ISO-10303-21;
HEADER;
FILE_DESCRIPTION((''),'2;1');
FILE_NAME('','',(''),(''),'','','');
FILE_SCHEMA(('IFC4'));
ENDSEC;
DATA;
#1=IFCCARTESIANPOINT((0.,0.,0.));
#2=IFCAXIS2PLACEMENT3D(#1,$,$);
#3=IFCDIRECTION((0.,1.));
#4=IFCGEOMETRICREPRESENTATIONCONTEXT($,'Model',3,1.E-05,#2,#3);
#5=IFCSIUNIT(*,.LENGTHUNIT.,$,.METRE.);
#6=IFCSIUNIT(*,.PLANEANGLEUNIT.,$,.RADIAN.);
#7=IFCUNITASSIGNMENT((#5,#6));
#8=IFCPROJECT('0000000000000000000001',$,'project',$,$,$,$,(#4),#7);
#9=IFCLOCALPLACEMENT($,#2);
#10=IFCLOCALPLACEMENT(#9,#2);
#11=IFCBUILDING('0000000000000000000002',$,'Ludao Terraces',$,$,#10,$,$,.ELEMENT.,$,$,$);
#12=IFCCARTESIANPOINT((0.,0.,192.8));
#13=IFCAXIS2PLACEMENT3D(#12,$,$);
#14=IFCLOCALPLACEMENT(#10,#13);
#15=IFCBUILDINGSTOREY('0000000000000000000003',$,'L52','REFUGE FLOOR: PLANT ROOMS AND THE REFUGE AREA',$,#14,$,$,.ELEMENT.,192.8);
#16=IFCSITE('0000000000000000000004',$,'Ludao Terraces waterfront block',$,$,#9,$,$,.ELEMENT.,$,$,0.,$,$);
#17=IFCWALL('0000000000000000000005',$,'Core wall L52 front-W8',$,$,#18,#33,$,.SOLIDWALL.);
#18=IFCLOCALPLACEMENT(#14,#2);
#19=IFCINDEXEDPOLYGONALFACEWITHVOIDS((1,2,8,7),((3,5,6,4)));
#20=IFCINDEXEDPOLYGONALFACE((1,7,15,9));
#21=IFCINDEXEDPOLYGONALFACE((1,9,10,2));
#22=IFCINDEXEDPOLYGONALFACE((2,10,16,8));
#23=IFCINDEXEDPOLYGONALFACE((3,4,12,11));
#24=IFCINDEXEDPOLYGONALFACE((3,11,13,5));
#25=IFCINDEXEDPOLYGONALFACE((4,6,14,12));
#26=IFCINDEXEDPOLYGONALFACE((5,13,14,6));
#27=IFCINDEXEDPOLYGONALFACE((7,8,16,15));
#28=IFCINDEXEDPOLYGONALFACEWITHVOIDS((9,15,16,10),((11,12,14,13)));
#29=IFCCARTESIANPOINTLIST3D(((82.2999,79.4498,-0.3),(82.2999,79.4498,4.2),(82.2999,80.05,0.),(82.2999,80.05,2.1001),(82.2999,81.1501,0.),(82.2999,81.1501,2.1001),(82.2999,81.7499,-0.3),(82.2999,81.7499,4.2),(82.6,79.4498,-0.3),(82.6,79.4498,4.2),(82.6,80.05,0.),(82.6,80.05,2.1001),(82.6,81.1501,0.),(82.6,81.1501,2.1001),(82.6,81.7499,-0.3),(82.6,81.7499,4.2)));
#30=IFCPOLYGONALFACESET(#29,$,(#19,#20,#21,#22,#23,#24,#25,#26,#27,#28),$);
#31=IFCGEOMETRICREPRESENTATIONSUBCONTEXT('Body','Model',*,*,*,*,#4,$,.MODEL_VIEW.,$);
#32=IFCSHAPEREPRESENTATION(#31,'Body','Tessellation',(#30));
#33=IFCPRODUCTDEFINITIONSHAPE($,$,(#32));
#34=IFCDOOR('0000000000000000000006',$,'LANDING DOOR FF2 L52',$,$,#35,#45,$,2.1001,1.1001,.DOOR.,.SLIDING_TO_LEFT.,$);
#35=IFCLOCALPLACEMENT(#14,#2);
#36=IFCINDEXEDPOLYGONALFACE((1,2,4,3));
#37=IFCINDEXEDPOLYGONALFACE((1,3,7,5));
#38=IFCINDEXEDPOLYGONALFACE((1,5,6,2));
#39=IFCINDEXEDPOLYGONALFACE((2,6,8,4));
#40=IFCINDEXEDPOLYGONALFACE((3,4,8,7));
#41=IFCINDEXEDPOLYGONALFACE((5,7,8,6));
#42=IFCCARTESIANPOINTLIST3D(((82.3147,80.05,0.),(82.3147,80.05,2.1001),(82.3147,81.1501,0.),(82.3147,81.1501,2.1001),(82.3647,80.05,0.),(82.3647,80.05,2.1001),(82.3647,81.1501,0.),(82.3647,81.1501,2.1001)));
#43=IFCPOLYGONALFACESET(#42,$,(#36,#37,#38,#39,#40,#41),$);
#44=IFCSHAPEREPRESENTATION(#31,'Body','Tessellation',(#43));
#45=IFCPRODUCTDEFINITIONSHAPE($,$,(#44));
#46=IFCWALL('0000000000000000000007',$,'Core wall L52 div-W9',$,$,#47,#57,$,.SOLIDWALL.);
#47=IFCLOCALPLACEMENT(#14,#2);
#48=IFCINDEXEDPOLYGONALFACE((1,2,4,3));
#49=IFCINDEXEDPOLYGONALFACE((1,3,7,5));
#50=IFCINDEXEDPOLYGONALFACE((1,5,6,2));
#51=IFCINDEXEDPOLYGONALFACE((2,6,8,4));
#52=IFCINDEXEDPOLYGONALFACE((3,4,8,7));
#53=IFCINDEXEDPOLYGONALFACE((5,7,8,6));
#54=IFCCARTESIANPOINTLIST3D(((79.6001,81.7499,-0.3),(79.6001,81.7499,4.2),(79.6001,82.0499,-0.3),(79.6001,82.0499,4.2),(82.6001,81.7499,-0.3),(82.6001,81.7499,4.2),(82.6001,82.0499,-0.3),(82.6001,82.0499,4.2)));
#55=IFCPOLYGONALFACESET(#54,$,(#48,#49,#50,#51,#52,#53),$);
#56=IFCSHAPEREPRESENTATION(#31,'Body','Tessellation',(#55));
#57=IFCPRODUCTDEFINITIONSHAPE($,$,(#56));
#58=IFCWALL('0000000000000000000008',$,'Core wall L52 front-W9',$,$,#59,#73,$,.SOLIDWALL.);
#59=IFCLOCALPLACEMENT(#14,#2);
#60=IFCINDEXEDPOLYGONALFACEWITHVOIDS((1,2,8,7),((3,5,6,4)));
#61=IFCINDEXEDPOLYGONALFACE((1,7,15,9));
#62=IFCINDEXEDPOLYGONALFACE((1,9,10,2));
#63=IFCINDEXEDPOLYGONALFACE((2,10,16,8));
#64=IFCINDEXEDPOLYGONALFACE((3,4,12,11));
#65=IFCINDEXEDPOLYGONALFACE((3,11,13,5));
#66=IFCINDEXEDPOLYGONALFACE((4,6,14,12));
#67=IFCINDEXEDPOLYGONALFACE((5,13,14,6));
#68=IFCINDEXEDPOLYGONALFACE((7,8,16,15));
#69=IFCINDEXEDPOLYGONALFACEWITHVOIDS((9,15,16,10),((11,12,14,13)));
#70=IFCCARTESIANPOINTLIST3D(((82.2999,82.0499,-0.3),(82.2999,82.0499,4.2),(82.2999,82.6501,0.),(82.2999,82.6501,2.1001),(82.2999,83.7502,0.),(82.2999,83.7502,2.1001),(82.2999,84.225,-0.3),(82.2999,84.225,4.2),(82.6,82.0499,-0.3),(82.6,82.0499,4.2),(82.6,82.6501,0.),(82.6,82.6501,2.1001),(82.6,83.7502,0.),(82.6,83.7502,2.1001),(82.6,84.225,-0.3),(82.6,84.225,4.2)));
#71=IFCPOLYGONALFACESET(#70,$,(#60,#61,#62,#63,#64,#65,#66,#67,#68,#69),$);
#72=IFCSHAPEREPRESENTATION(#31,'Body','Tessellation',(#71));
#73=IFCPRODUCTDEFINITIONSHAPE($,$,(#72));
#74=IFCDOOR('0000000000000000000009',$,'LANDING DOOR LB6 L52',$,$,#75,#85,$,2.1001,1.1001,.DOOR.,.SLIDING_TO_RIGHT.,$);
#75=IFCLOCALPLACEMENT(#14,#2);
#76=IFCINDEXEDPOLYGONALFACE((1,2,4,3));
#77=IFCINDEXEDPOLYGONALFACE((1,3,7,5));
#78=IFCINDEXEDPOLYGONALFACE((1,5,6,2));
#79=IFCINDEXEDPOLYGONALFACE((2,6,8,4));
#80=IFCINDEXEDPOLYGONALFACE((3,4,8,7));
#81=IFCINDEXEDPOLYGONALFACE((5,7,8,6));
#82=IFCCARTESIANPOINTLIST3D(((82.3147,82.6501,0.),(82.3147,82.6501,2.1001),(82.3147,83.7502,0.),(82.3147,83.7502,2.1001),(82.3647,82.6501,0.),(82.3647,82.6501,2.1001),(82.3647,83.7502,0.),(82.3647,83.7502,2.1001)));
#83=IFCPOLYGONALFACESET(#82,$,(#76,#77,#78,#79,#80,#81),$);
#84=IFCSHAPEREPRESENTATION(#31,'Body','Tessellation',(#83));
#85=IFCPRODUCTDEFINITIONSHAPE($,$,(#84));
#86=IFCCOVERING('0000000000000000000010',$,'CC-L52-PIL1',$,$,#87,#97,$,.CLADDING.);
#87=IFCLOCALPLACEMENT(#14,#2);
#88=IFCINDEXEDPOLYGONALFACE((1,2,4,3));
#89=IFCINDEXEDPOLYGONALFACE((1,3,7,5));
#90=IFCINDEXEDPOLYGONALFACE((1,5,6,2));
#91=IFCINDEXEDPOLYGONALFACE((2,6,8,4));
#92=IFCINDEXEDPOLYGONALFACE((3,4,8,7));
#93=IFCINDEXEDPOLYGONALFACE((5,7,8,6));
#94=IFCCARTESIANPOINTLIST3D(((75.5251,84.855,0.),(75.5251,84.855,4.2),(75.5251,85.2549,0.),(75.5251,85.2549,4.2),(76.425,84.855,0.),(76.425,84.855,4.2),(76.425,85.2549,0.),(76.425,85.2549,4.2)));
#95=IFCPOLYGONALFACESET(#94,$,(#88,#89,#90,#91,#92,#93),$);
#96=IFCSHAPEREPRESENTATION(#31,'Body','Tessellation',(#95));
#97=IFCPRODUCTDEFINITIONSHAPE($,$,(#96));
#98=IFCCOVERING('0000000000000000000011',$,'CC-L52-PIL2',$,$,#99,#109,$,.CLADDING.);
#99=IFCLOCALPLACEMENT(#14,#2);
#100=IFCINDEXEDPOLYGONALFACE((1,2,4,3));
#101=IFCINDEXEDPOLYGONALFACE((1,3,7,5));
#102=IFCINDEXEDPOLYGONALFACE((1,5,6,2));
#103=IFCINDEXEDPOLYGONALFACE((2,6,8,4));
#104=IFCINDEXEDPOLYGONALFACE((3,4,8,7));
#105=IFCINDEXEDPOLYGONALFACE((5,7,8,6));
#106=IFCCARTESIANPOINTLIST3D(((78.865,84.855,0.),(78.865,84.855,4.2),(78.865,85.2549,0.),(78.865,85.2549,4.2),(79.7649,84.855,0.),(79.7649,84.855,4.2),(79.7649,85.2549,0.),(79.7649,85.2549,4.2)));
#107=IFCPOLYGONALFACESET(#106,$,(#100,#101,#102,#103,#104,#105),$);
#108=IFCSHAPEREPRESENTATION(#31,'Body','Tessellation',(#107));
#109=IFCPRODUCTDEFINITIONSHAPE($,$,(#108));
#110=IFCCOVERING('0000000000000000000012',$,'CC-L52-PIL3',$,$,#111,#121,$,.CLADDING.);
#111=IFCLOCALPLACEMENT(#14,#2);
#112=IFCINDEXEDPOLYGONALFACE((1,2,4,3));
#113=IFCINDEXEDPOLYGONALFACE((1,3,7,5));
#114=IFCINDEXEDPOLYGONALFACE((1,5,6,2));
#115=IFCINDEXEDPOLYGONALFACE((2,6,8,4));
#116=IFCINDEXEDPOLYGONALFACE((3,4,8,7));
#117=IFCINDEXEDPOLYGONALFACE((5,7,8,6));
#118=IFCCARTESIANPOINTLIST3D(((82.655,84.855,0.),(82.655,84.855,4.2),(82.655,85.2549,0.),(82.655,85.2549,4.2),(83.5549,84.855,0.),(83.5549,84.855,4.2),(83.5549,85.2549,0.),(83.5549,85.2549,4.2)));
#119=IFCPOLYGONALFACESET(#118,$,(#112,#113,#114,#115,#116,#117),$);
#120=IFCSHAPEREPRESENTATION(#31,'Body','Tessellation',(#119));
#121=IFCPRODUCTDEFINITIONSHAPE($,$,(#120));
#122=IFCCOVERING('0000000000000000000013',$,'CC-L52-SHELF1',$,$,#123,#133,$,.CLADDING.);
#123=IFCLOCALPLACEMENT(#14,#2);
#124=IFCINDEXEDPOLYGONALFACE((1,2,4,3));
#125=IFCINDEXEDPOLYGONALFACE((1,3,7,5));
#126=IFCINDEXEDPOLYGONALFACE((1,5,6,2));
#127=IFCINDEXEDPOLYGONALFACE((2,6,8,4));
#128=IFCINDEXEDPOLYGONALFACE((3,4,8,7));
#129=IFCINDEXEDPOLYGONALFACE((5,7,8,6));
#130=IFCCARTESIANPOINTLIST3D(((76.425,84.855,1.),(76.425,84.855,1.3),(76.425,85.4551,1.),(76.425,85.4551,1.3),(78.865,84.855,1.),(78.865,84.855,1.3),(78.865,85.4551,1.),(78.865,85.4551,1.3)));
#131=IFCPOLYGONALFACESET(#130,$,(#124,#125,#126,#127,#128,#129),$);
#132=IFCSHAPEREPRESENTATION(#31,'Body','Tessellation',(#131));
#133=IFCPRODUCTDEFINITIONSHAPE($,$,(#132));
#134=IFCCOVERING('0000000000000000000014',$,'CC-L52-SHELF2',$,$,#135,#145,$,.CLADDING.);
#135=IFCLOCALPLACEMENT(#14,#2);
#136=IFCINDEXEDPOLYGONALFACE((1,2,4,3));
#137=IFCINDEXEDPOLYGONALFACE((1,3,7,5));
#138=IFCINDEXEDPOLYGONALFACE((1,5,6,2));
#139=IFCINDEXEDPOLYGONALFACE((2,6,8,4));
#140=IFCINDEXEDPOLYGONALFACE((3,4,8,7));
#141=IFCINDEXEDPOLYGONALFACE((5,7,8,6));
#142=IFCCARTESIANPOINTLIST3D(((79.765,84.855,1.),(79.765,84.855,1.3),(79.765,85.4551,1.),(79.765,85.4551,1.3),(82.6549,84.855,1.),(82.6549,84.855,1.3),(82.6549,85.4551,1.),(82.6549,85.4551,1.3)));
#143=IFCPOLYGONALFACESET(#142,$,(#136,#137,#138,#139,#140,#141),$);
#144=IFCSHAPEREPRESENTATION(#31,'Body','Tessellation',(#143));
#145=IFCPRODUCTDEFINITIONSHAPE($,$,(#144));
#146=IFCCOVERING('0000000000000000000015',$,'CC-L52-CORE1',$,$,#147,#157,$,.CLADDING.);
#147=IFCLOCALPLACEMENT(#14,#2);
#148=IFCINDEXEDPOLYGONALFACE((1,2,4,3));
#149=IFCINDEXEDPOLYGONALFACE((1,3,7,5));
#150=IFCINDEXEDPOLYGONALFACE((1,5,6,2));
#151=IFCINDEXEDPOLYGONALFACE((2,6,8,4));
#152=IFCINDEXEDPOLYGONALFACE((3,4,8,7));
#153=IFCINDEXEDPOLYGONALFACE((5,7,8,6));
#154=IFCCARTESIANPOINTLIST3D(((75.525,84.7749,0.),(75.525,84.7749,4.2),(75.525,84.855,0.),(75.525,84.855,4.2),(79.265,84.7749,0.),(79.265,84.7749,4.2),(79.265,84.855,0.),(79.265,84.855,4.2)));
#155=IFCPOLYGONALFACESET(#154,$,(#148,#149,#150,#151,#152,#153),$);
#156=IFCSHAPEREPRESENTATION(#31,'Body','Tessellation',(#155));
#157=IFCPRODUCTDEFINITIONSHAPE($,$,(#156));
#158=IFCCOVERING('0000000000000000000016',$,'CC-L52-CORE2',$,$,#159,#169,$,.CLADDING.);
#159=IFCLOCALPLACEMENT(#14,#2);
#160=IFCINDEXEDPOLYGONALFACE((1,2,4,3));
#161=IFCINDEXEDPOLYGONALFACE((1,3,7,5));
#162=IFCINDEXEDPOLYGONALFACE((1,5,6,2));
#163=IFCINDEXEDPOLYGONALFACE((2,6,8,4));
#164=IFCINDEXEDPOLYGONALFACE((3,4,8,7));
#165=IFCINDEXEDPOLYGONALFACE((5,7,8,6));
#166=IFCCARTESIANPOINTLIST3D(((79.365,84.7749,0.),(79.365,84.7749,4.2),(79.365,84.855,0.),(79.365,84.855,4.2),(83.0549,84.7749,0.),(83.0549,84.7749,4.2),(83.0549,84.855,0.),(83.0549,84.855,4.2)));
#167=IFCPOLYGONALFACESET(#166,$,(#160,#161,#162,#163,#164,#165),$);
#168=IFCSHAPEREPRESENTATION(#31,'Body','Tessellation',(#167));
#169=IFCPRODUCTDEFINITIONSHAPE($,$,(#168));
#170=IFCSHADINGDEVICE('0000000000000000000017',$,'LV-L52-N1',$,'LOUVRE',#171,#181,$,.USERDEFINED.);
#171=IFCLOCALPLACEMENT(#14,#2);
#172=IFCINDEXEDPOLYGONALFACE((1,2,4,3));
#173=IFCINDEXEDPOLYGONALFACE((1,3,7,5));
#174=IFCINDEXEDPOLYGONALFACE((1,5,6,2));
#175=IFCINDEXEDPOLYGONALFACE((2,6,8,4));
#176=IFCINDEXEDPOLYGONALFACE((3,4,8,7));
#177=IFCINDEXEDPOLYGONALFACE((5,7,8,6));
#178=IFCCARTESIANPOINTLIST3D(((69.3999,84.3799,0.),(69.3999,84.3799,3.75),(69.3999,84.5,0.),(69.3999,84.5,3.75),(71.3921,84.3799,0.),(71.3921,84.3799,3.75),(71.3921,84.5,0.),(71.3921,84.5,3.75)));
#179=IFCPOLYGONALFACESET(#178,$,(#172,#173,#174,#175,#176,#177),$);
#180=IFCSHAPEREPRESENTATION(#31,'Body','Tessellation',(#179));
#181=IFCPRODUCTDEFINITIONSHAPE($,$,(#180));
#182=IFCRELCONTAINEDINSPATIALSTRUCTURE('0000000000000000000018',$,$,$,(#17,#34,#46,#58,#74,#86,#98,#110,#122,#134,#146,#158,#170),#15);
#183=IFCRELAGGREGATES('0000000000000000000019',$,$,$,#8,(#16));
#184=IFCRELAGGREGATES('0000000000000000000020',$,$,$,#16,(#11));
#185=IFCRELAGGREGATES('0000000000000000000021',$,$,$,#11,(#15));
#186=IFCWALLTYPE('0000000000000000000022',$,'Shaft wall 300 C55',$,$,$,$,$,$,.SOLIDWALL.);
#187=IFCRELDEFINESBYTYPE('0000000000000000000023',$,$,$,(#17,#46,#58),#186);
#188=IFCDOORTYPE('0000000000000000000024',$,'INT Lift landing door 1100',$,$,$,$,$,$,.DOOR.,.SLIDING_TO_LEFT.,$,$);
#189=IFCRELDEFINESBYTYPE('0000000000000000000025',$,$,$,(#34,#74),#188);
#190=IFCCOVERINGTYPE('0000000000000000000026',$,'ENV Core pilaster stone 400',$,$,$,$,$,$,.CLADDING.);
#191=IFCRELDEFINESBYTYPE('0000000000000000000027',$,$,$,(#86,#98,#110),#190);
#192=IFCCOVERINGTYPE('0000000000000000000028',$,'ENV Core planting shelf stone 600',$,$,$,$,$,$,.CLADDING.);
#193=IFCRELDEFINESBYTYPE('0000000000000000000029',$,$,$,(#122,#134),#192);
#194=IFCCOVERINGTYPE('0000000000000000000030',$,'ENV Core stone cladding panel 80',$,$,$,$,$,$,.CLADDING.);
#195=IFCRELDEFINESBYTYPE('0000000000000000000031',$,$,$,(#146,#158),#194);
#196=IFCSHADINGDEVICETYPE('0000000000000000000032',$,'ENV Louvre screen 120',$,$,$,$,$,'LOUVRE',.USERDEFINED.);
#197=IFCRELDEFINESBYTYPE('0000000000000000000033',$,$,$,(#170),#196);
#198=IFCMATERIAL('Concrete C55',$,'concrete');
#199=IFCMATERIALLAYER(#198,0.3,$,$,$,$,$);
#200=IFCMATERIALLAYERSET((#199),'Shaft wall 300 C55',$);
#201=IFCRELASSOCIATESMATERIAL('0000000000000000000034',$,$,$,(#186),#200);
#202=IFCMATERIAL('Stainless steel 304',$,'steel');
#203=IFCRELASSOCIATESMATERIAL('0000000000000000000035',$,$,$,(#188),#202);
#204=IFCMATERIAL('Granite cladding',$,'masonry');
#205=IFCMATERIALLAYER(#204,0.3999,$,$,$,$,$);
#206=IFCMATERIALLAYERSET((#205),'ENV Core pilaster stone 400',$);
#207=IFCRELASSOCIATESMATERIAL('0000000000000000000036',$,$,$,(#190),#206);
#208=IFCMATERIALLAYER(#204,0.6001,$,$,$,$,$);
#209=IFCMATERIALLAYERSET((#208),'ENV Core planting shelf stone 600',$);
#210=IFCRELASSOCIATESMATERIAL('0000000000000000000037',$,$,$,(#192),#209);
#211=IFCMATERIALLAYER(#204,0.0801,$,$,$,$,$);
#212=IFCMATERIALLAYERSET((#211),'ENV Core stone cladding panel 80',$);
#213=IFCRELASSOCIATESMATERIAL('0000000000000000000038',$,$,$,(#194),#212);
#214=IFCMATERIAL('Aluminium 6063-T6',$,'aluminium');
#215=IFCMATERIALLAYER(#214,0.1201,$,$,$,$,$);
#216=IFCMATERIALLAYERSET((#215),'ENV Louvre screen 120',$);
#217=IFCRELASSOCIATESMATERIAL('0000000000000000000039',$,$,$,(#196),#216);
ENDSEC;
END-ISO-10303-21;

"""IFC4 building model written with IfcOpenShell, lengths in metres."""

from ifc_helpers import new_model, si_unit, direction, frame, frame_2d, origin, origin_2d, place, context, subcontext, project, spatial, rectangle, extrude, material, layer, layer_set, type_object, element, fill, save


model = new_model("IFC4")

# Units and contexts
model_context = context("Model", 3, precision=1e-05, world=origin(), true_north=direction((0.0, 1.0)))
body_context = subcontext(model_context, "Body", "Model", "MODEL_VIEW")
ifc_project = project(units=[si_unit("LENGTHUNIT", "METRE"), si_unit("PLANEANGLEUNIT", "RADIAN")], contexts=[model_context])

# Site, building, storey
site_placement = place(None, origin())
site = spatial("IfcSite", under=ifc_project, at=site_placement, Name="Ludao Terraces waterfront block", CompositionType="ELEMENT", RefElevation=0.0)
building_placement = place(site_placement, origin())
building = spatial("IfcBuilding", under=site, at=building_placement, Name="Ludao Terraces", CompositionType="ELEMENT")
storey_placement = place(building_placement, frame((0.0, 0.0, 192.8)))
storey = spatial("IfcBuildingStorey", under=building, at=storey_placement, Name="L52", Description="REFUGE FLOOR: PLANT ROOMS AND THE REFUGE AREA", CompositionType="ELEMENT", Elevation=192.8)

# Shared definitions
ifc_material_1 = material(Name="Concrete C55", Category="concrete")
ifc_layer_1 = layer(ifc_material_1, 0.3)
ifc_layer_set_1 = layer_set([ifc_layer_1], Name="Shaft wall 300 C55")
wall_type_1 = type_object("IfcWallType", Name="Shaft wall 300 C55", PredefinedType="SOLIDWALL", material=ifc_layer_set_1)

# Wall, opening, door
wall_1_placement = place(storey_placement, frame((82.45, 79.45, -0.3), z_axis=(0.0, 0.0, 1.0), x_axis=(0.0, 1.0, 0.0)))
wall_1 = element("IfcWall", 1, at=wall_1_placement, inside=storey, type_object=wall_type_1, Name="Core wall L52 front-W8", PredefinedType="SOLIDWALL", context=body_context, shape_type="SweptSolid", body=[
    extrude(rectangle(XDim=2.3, YDim=0.3, at=frame_2d((1.1499, 0.0))), origin(), (0.0, 0.0, 1.0), 4.5),
])
opening_1_placement = place(wall_1_placement, frame((0.6001, 0.0, 0.3)))
opening_1 = element("IfcOpeningElement", 2, at=opening_1_placement, cuts=wall_1, PredefinedType="OPENING", context=body_context, shape_type="SweptSolid", body=[
    extrude(rectangle(XDim=1.1001, YDim=2.1001, at=frame_2d((0.55, 1.05))), frame((0.0, 0.1602, 0.0), z_axis=(0.0, -1.0, 0.0), x_axis=(1.0, 0.0, 0.0)), (0.0, 0.0, 1.0), 0.3201),
])
ifc_material_2 = material(Name="Stainless steel 304", Category="steel")
door_type = type_object("IfcDoorType", Name="INT Lift landing door 1100", OperationType="SLIDING_TO_LEFT", PredefinedType="DOOR", material=ifc_material_2)
door_1_placement = place(opening_1_placement, origin())
door_1 = element("IfcDoor", 3, at=door_1_placement, inside=storey, type_object=door_type, Name="LANDING DOOR FF2 L52", OperationType="SLIDING_TO_LEFT", OverallHeight=2.1001, OverallWidth=1.1001, PredefinedType="DOOR", context=body_context, shape_type="SweptSolid", body=[
    extrude(rectangle(XDim=1.1001, YDim=2.1001, at=frame_2d((0.55, 1.05))), frame((0.0, 0.1353, 0.0), z_axis=(0.0, -1.0, 0.0), x_axis=(1.0, 0.0, 0.0)), (0.0, 0.0, 1.0), 0.05),
])
fill(opening_1, door_1)

# Wall
wall_2_placement = place(storey_placement, frame((79.6001, 81.8999, -0.3), z_axis=(0.0, 0.0, 1.0), x_axis=(1.0, 0.0, 0.0)))
element("IfcWall", 4, at=wall_2_placement, inside=storey, type_object=wall_type_1, Name="Core wall L52 div-W9", PredefinedType="SOLIDWALL", context=body_context, shape_type="SweptSolid", body=[
    extrude(rectangle(XDim=3.0, YDim=0.3, at=frame_2d((1.5, 0.0))), origin(), (0.0, 0.0, 1.0), 4.5),
])

# Wall, opening, door
wall_3_placement = place(storey_placement, frame((82.45, 82.05, -0.3), z_axis=(0.0, 0.0, 1.0), x_axis=(0.0, 1.0, 0.0)))
wall_3 = element("IfcWall", 5, at=wall_3_placement, inside=storey, type_object=wall_type_1, Name="Core wall L52 front-W9", PredefinedType="SOLIDWALL", context=body_context, shape_type="SweptSolid", body=[
    extrude(rectangle(XDim=2.175, YDim=0.3, at=frame_2d((1.0874, 0.0))), origin(), (0.0, 0.0, 1.0), 4.5),
])
opening_2_placement = place(wall_3_placement, frame((0.6001, 0.0, 0.3)))
opening_2 = element("IfcOpeningElement", 6, at=opening_2_placement, cuts=wall_3, PredefinedType="OPENING", context=body_context, shape_type="SweptSolid", body=[
    extrude(rectangle(XDim=1.1001, YDim=2.1001, at=frame_2d((0.55, 1.05))), frame((0.0, 0.1602, 0.0), z_axis=(0.0, -1.0, 0.0), x_axis=(1.0, 0.0, 0.0)), (0.0, 0.0, 1.0), 0.3201),
])
door_2_placement = place(opening_2_placement, origin())
door_2 = element("IfcDoor", 7, at=door_2_placement, inside=storey, type_object=door_type, Name="LANDING DOOR LB6 L52", OperationType="SLIDING_TO_RIGHT", OverallHeight=2.1001, OverallWidth=1.1001, PredefinedType="DOOR", context=body_context, shape_type="SweptSolid", body=[
    extrude(rectangle(XDim=1.1001, YDim=2.1001, at=frame_2d((0.55, 1.05))), frame((0.0, 0.1353, 0.0), z_axis=(0.0, -1.0, 0.0), x_axis=(1.0, 0.0, 0.0)), (0.0, 0.0, 1.0), 0.05),
])
fill(opening_2, door_2)

# Coverings
ifc_material_3 = material(Name="Granite cladding", Category="masonry")
ifc_layer_2 = layer(ifc_material_3, 0.3999)
ifc_layer_set_2 = layer_set([ifc_layer_2], Name="ENV Core pilaster stone 400")
covering_type_1 = type_object("IfcCoveringType", Name="ENV Core pilaster stone 400", PredefinedType="CLADDING", material=ifc_layer_set_2)
for number, where, z_axis, x_axis, name in (
    (8, (75.9751, 85.0549, 0.0), (0.0, 0.0, 1.0), (1.0, 0.0, 0.0), "CC-L52-PIL1"),
    (9, (79.3149, 85.0549, 0.0), (0.0, 0.0, 1.0), (1.0, 0.0, 0.0), "CC-L52-PIL2"),
    (10, (83.105, 85.0549, 0.0), (0.0, 0.0, 1.0), (1.0, 0.0, 0.0), "CC-L52-PIL3"),
):
    element("IfcCovering", number, at=place(storey_placement, frame(where, z_axis=z_axis, x_axis=x_axis)), inside=storey, type_object=covering_type_1, Name=name, PredefinedType="CLADDING", context=body_context, shape_type="SweptSolid", body=[
        extrude(rectangle(XDim=0.8999, YDim=0.3999, at=origin_2d()), origin(), (0.0, 0.0, 1.0), 4.2),
    ])
ifc_layer_3 = layer(ifc_material_3, 0.6001)
ifc_layer_set_3 = layer_set([ifc_layer_3], Name="ENV Core planting shelf stone 600")
covering_type_2 = type_object("IfcCoveringType", Name="ENV Core planting shelf stone 600", PredefinedType="CLADDING", material=ifc_layer_set_3)
covering_1_placement = place(storey_placement, frame((77.645, 85.155, 1.0), z_axis=(0.0, 0.0, 1.0), x_axis=(1.0, 0.0, 0.0)))
element("IfcCovering", 11, at=covering_1_placement, inside=storey, type_object=covering_type_2, Name="CC-L52-SHELF1", PredefinedType="CLADDING", context=body_context, shape_type="SweptSolid", body=[
    extrude(rectangle(XDim=2.4399, YDim=0.6001, at=origin_2d()), origin(), (0.0, 0.0, 1.0), 0.3),
])
covering_2_placement = place(storey_placement, frame((81.21, 85.155, 1.0), z_axis=(0.0, 0.0, 1.0), x_axis=(1.0, 0.0, 0.0)))
element("IfcCovering", 12, at=covering_2_placement, inside=storey, type_object=covering_type_2, Name="CC-L52-SHELF2", PredefinedType="CLADDING", context=body_context, shape_type="SweptSolid", body=[
    extrude(rectangle(XDim=2.8899, YDim=0.6001, at=origin_2d()), origin(), (0.0, 0.0, 1.0), 0.3),
])
ifc_layer_4 = layer(ifc_material_3, 0.0801)
ifc_layer_set_4 = layer_set([ifc_layer_4], Name="ENV Core stone cladding panel 80")
covering_type_3 = type_object("IfcCoveringType", Name="ENV Core stone cladding panel 80", PredefinedType="CLADDING", material=ifc_layer_set_4)
covering_3_placement = place(storey_placement, frame((77.395, 84.8149, 0.0), z_axis=(0.0, 0.0, 1.0), x_axis=(1.0, 0.0, 0.0)))
element("IfcCovering", 13, at=covering_3_placement, inside=storey, type_object=covering_type_3, Name="CC-L52-CORE1", PredefinedType="CLADDING", context=body_context, shape_type="SweptSolid", body=[
    extrude(rectangle(XDim=3.74, YDim=0.0801, at=origin_2d()), origin(), (0.0, 0.0, 1.0), 4.2),
])
covering_4_placement = place(storey_placement, frame((81.21, 84.8149, 0.0), z_axis=(0.0, 0.0, 1.0), x_axis=(1.0, 0.0, 0.0)))
element("IfcCovering", 14, at=covering_4_placement, inside=storey, type_object=covering_type_3, Name="CC-L52-CORE2", PredefinedType="CLADDING", context=body_context, shape_type="SweptSolid", body=[
    extrude(rectangle(XDim=3.6899, YDim=0.0801, at=origin_2d()), origin(), (0.0, 0.0, 1.0), 4.2),
])

# Shading device
ifc_material_4 = material(Name="Aluminium 6063-T6", Category="aluminium")
ifc_layer_5 = layer(ifc_material_4, 0.1201)
ifc_layer_set_5 = layer_set([ifc_layer_5], Name="ENV Louvre screen 120")
shading_device_type = type_object("IfcShadingDeviceType", Name="ENV Louvre screen 120", ElementType="LOUVRE", PredefinedType="USERDEFINED", material=ifc_layer_set_5)
shading_device_1_placement = place(storey_placement, frame((69.3999, 84.4399, 0.0), z_axis=(0.0, 0.0, 1.0), x_axis=(1.0, 0.0, 0.0)))
element("IfcShadingDevice", 15, at=shading_device_1_placement, inside=storey, type_object=shading_device_type, Name="LV-L52-N1", ObjectType="LOUVRE", PredefinedType="USERDEFINED", context=body_context, shape_type="SweptSolid", body=[
    extrude(rectangle(XDim=1.9922, YDim=0.1201, at=frame_2d((0.9961, 0.0))), origin(), (0.0, 0.0, 1.0), 3.75),
])

save(model, "model.ifc")
